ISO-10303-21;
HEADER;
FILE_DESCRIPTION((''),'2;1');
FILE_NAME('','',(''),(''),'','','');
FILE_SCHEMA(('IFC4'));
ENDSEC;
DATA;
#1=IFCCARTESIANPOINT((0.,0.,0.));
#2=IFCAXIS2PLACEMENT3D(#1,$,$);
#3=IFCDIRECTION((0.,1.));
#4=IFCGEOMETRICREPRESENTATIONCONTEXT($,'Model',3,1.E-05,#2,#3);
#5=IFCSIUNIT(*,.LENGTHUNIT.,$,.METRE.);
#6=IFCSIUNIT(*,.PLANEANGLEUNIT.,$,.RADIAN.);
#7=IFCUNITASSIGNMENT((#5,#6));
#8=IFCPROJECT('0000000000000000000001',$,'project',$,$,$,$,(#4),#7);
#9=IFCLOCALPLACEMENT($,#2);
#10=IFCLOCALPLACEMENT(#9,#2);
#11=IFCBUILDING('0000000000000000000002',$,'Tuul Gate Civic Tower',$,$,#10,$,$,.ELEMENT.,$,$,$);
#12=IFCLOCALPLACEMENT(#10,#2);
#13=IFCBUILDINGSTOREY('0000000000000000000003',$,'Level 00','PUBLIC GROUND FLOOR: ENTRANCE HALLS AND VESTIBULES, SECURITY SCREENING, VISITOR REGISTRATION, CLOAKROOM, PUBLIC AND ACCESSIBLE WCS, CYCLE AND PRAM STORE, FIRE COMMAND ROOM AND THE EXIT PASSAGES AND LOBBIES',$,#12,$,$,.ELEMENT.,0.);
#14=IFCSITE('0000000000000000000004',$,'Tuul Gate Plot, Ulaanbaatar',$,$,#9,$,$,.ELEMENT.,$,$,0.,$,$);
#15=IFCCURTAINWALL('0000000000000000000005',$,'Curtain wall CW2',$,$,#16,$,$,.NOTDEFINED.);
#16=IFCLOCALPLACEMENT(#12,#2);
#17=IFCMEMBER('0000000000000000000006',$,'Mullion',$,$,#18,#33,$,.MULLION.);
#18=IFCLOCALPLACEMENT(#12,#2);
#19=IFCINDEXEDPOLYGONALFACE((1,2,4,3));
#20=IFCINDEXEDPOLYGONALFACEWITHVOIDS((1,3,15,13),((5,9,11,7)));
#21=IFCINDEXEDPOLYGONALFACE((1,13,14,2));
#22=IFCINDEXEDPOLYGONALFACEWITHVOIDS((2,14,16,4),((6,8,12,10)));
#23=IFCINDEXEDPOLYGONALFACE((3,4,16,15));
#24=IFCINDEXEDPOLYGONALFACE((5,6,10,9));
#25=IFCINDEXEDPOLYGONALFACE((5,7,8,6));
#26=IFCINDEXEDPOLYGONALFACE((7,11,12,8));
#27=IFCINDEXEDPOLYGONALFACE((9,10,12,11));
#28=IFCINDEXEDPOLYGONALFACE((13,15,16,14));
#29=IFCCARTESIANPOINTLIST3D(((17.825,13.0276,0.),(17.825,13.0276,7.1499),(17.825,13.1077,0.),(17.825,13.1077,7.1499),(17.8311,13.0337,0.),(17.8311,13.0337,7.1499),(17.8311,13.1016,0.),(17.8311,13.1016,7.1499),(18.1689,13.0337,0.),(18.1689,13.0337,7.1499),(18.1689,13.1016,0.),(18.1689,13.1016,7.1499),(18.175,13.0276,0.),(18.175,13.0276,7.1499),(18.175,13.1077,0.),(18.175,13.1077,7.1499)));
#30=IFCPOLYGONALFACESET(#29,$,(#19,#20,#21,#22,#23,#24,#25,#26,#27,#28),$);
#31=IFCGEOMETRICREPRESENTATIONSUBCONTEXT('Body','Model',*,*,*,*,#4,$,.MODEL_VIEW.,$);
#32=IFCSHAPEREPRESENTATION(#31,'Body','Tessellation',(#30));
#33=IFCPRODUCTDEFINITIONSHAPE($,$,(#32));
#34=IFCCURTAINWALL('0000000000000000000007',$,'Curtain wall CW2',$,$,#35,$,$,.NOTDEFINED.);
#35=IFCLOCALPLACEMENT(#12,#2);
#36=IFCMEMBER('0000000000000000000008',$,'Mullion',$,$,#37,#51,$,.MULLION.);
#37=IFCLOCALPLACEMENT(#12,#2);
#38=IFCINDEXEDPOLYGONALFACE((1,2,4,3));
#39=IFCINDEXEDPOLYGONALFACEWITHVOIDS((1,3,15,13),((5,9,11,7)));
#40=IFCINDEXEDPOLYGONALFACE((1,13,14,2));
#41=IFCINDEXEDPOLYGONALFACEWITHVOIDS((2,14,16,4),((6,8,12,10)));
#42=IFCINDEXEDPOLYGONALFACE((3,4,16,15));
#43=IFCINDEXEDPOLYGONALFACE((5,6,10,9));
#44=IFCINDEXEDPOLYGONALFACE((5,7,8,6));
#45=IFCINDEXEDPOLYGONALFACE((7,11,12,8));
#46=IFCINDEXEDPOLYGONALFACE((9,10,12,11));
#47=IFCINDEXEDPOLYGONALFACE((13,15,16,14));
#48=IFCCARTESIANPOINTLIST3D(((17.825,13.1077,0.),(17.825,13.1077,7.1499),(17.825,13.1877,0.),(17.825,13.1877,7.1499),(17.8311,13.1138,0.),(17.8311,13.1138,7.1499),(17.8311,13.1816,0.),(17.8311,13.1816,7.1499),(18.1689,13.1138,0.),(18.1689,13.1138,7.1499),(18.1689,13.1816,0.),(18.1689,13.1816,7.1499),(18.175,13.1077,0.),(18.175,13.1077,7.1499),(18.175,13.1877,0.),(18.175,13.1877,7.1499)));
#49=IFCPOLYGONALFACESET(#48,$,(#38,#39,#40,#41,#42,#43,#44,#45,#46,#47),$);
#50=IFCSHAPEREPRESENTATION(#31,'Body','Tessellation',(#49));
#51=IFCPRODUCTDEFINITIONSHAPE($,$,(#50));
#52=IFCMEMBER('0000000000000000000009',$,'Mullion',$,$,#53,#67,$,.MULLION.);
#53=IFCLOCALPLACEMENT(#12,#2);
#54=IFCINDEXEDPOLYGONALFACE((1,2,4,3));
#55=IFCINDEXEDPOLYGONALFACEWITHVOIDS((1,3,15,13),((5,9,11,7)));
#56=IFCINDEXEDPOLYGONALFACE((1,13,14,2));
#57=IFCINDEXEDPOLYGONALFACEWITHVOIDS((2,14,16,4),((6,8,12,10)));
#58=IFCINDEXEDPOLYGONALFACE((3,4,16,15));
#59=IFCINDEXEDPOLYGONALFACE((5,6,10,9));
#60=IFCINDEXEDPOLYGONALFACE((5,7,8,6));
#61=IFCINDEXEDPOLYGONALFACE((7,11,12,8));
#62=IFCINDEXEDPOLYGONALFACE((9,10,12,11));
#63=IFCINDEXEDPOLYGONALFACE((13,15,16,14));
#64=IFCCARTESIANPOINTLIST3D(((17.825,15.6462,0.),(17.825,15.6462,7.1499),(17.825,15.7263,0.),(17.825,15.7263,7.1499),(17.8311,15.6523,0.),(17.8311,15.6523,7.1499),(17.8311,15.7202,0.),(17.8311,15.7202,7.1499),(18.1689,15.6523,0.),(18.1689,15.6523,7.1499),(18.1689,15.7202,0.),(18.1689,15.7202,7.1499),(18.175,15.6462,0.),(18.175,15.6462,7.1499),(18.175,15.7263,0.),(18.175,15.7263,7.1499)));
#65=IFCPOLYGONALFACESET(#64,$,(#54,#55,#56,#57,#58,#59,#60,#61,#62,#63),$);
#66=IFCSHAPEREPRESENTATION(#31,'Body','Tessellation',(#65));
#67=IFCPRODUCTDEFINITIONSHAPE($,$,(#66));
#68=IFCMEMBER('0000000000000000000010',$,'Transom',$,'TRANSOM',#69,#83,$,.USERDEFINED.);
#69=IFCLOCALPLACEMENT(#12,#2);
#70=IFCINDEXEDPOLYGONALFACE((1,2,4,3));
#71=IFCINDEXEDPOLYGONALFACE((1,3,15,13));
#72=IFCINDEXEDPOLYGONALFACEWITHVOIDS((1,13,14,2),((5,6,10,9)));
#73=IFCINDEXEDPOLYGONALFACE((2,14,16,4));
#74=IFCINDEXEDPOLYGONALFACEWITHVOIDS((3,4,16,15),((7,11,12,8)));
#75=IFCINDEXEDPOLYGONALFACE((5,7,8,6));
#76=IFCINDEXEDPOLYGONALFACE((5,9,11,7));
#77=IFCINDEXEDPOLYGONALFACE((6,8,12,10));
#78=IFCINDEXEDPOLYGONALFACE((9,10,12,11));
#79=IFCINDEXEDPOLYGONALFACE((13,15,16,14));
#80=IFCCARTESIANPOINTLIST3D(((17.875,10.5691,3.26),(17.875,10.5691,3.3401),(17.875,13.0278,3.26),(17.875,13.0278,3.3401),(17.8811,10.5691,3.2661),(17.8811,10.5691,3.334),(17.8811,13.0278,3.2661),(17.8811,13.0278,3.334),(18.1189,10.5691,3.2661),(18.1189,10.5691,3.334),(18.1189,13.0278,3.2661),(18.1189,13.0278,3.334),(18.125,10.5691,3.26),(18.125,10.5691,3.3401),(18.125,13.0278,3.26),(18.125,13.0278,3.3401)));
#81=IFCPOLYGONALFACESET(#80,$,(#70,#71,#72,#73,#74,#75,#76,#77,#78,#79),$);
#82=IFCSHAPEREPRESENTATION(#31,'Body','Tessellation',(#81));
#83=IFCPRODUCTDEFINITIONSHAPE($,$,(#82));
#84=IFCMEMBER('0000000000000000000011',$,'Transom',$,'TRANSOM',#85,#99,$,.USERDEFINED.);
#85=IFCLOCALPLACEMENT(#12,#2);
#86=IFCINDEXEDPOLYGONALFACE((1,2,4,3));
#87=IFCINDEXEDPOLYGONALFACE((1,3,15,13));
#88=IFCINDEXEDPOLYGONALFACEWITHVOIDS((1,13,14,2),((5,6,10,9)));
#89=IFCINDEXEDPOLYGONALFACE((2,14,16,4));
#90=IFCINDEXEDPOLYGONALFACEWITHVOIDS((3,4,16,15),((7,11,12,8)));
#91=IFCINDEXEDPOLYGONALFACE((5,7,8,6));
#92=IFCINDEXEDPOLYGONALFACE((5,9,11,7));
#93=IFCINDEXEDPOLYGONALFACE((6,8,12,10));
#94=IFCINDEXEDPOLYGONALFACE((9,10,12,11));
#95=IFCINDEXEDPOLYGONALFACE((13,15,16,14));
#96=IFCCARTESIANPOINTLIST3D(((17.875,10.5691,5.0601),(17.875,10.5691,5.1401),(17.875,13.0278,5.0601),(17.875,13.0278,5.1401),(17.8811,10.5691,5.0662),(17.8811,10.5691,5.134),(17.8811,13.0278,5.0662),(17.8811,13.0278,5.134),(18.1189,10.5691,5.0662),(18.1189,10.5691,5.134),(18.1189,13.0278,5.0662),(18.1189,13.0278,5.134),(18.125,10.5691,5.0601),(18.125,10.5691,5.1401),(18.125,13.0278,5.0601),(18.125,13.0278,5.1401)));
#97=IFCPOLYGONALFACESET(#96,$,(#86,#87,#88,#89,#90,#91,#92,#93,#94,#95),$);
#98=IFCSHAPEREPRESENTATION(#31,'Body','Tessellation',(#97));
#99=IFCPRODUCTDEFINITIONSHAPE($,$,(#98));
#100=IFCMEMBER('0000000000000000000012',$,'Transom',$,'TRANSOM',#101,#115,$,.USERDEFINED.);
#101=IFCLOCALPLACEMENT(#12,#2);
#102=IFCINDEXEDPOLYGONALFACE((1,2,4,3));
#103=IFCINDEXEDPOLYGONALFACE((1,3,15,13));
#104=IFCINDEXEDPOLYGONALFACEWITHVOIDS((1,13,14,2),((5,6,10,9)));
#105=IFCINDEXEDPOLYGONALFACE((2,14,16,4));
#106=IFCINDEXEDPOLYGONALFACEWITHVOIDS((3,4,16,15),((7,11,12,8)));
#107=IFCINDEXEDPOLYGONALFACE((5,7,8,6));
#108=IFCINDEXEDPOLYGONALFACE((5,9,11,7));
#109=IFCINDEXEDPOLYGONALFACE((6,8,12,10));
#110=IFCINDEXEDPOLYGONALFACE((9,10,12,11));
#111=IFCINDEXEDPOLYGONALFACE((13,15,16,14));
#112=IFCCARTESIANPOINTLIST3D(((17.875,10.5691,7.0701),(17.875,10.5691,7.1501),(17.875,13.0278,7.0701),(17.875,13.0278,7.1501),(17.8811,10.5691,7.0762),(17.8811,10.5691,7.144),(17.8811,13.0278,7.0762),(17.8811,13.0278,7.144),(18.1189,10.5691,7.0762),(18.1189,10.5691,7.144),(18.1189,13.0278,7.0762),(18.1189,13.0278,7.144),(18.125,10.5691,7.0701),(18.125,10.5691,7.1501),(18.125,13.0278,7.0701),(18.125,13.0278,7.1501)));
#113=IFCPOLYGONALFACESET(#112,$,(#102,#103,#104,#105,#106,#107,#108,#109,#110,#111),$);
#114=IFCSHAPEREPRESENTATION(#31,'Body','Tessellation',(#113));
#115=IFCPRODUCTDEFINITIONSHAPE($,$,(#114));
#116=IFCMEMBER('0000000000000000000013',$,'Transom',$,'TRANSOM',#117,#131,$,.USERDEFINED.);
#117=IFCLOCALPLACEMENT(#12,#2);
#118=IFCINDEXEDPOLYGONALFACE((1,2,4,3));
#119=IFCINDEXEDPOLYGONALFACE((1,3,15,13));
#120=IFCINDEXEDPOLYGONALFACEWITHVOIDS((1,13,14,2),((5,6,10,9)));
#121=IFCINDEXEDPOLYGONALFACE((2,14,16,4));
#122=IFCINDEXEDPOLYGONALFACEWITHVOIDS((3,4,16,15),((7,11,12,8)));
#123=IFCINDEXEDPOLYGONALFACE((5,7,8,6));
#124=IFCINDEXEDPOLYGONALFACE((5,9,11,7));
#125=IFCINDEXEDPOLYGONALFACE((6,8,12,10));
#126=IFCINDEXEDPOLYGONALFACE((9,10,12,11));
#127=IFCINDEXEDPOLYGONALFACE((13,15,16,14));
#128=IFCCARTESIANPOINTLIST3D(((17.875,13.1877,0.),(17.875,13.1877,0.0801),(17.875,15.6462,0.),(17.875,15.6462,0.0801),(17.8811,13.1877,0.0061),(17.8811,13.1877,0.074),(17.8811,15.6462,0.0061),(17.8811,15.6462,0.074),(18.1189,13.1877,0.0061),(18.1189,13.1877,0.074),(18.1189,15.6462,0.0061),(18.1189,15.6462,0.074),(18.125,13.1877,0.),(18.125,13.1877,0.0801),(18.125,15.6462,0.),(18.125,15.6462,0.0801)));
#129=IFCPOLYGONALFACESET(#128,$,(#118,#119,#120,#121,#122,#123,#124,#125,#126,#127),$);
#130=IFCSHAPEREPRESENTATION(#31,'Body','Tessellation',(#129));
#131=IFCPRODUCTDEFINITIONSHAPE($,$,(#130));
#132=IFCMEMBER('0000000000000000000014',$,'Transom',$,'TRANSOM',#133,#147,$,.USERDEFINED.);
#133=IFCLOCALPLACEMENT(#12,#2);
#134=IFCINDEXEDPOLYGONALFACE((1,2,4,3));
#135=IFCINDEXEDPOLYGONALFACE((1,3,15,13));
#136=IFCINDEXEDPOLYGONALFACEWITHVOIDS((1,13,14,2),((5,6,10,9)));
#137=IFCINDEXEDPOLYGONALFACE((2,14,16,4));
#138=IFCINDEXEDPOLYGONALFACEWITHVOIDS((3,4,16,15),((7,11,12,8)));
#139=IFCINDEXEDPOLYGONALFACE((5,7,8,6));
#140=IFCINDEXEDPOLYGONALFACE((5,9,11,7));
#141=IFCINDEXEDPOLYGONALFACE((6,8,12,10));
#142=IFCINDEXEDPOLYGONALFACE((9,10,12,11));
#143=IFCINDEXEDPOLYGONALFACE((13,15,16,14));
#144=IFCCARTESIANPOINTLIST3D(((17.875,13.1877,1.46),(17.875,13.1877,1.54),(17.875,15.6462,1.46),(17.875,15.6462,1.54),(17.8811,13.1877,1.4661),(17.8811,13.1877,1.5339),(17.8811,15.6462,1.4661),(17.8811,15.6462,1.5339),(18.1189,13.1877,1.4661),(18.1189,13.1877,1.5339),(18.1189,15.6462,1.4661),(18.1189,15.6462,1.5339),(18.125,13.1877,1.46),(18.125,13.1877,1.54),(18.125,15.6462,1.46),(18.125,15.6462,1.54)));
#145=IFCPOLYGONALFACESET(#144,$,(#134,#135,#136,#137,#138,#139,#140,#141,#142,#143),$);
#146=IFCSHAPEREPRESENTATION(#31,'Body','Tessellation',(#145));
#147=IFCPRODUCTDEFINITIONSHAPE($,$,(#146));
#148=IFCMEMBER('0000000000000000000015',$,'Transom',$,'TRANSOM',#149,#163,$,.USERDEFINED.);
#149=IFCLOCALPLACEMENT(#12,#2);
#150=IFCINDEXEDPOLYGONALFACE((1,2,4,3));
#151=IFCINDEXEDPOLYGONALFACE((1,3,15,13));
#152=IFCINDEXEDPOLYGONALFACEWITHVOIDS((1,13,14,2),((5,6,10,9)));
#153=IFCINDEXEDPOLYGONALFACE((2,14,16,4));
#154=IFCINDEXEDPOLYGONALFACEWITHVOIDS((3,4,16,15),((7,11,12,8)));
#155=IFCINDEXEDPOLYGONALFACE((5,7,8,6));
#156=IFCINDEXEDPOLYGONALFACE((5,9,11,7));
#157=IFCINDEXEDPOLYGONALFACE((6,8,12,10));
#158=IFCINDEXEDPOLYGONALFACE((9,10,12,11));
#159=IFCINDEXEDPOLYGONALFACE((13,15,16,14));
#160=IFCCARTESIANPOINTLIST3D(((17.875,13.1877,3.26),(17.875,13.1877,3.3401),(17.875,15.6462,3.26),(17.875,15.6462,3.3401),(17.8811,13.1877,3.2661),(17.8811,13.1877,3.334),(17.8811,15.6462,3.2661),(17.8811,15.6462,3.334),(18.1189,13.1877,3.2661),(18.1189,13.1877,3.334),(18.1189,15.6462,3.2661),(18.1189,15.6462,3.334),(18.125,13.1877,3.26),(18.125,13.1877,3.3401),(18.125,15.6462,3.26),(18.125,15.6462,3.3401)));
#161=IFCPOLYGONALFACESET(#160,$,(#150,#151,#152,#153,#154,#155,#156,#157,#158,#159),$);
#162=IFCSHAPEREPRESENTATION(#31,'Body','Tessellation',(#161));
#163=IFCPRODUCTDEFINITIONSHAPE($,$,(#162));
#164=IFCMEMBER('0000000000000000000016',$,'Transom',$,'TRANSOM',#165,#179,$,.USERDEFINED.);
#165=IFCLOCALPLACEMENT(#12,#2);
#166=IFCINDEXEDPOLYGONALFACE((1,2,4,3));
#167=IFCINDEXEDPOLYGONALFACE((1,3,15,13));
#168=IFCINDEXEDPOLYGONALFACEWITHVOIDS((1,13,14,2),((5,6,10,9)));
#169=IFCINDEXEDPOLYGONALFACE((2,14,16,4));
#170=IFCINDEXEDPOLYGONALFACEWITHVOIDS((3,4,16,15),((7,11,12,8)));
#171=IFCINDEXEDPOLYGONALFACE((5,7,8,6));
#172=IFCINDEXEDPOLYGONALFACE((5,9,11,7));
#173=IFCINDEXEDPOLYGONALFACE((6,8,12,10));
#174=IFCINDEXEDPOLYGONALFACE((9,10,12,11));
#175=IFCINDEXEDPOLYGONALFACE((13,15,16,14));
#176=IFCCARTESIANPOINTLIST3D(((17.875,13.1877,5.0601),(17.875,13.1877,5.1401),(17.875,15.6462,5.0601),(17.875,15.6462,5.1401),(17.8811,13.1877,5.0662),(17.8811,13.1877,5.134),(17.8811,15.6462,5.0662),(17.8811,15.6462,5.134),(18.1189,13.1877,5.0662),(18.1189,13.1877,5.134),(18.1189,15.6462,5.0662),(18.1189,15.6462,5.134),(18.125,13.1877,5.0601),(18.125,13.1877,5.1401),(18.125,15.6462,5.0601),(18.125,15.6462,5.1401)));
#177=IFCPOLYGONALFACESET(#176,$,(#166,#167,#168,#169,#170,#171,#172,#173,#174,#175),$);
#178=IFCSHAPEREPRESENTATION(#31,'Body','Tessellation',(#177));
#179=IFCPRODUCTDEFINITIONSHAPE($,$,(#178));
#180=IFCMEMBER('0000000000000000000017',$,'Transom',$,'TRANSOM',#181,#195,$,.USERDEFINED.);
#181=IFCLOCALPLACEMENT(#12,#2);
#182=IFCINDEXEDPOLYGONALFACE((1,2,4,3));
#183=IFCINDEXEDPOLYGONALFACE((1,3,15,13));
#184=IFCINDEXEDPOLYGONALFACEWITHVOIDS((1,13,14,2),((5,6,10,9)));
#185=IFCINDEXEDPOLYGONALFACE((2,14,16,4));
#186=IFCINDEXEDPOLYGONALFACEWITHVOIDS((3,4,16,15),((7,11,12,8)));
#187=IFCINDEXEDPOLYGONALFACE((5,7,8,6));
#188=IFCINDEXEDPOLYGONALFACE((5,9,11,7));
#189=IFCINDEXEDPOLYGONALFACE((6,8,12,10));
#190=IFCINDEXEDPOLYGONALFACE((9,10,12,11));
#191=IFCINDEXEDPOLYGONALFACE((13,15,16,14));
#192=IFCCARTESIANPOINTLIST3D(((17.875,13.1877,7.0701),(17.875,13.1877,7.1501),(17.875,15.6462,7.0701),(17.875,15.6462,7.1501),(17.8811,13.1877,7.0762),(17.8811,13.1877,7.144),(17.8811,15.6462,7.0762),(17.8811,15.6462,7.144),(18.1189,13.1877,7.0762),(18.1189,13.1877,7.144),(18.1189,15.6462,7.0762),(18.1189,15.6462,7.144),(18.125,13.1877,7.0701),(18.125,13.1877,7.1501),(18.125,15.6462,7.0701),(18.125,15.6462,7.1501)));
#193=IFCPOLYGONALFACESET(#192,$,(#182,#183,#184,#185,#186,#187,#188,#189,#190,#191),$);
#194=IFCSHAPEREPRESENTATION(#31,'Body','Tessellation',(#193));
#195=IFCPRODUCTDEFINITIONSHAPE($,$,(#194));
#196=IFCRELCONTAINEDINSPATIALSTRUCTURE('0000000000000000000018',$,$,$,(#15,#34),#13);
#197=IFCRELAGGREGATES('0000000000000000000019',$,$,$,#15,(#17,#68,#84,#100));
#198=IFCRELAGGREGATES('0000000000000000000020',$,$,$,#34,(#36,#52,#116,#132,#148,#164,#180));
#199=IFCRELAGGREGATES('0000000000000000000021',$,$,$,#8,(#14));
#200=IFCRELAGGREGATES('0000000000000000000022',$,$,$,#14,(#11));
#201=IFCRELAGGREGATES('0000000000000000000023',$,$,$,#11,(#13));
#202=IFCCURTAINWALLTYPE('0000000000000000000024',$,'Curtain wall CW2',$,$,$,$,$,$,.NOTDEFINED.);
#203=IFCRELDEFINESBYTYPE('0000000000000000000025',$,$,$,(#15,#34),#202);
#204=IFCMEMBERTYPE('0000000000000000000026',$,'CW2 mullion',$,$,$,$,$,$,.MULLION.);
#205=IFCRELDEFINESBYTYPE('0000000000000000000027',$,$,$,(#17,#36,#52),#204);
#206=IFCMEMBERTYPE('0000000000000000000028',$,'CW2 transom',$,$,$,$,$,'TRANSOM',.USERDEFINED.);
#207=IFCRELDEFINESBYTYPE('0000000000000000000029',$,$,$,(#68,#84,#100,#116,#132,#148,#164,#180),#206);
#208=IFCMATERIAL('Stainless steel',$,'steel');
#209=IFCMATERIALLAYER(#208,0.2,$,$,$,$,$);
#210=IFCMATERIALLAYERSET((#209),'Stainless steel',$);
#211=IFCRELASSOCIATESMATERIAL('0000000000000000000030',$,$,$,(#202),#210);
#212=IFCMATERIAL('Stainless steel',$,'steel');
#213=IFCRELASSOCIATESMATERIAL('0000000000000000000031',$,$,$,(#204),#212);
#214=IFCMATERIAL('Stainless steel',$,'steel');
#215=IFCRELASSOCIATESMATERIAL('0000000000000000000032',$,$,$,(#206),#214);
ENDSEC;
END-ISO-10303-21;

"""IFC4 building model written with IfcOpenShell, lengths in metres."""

from ifc_helpers import new_model, si_unit, direction, frame, origin, origin_2d, place, context, subcontext, project, spatial, hollow_rectangle, extrude, material, layer, layer_set, material_profile, profile_set, type_object, element, aggregate, save


model = new_model("IFC4")

# Units and contexts
model_context = context("Model", 3, precision=1e-05, world=origin(), true_north=direction((0.0, 1.0)))
body_context = subcontext(model_context, "Body", "Model", "MODEL_VIEW")
ifc_project = project(units=[si_unit("LENGTHUNIT", "METRE"), si_unit("PLANEANGLEUNIT", "RADIAN")], contexts=[model_context])

# Site, building, storey
site_placement = place(None, origin())
site = spatial("IfcSite", under=ifc_project, at=site_placement, Name="Tuul Gate Plot, Ulaanbaatar", CompositionType="ELEMENT", RefElevation=0.0)
building_placement = place(site_placement, origin())
building = spatial("IfcBuilding", under=site, at=building_placement, Name="Tuul Gate Civic Tower", CompositionType="ELEMENT")
storey_placement = place(building_placement, origin())
storey = spatial("IfcBuildingStorey", under=building, at=storey_placement, Name="Level 00", Description="PUBLIC GROUND FLOOR: ENTRANCE HALLS AND VESTIBULES, SECURITY SCREENING, VISITOR REGISTRATION, CLOAKROOM, PUBLIC AND ACCESSIBLE WCS, CYCLE AND PRAM STORE, FIRE COMMAND ROOM AND THE EXIT PASSAGES AND LOBBIES", CompositionType="ELEMENT", Elevation=0.0)

# Curtain wall, member
ifc_material_1 = material(Name="Stainless steel", Category="steel")
ifc_layer_1 = layer(ifc_material_1, 0.2)
ifc_layer_set_1 = layer_set([ifc_layer_1], Name="Stainless steel")
curtain_wall_type = type_object("IfcCurtainWallType", Name="Curtain wall CW2", PredefinedType="NOTDEFINED", material=ifc_layer_set_1)
curtain_wall_1_placement = place(storey_placement, origin())
curtain_wall_1 = element("IfcCurtainWall", 1, at=curtain_wall_1_placement, inside=storey, type_object=curtain_wall_type, Name="Curtain wall CW2", PredefinedType="NOTDEFINED")
ifc_material_2 = material(Name="Stainless steel", Category="steel")
ifc_material_profile_1 = material_profile(ifc_material_2, hollow_rectangle(XDim=0.3501, YDim=0.0801, WallThickness=0.0061, at=origin_2d()), Name="CW2 mullion")
ifc_profile_set_1 = profile_set([ifc_material_profile_1], Name="Stainless steel")
member_type_1 = type_object("IfcMemberType", Name="CW2 mullion", PredefinedType="MULLION", material=ifc_profile_set_1)
member_1_placement = place(storey_placement, frame((18.0, 13.0676, 0.0), z_axis=(0.0, 0.0, 1.0), x_axis=(-1.0, 0.0, 0.0)))
member_1 = element("IfcMember", 2, at=member_1_placement, type_object=member_type_1, Name="Mullion", PredefinedType="MULLION", context=body_context, shape_type="SweptSolid", body=[
    extrude(hollow_rectangle(XDim=0.3501, YDim=0.0801, WallThickness=0.0061, at=origin_2d()), origin(), (0.0, 0.0, 1.0), 7.1499),
])

# Curtain wall, members
curtain_wall_2_placement = place(storey_placement, origin())
curtain_wall_2 = element("IfcCurtainWall", 3, at=curtain_wall_2_placement, inside=storey, type_object=curtain_wall_type, Name="Curtain wall CW2", PredefinedType="NOTDEFINED")
member_2_placement = place(storey_placement, frame((18.0, 13.1477, 0.0), z_axis=(0.0, 0.0, 1.0), x_axis=(-1.0, 0.0, 0.0)))
member_2 = element("IfcMember", 4, at=member_2_placement, type_object=member_type_1, Name="Mullion", PredefinedType="MULLION", context=body_context, shape_type="SweptSolid", body=[
    extrude(hollow_rectangle(XDim=0.3501, YDim=0.0801, WallThickness=0.0061, at=origin_2d()), origin(), (0.0, 0.0, 1.0), 7.1499),
])
member_3_placement = place(storey_placement, frame((18.0, 15.6863, 0.0), z_axis=(0.0, 0.0, 1.0), x_axis=(-1.0, 0.0, 0.0)))
member_3 = element("IfcMember", 5, at=member_3_placement, type_object=member_type_1, Name="Mullion", PredefinedType="MULLION", context=body_context, shape_type="SweptSolid", body=[
    extrude(hollow_rectangle(XDim=0.3501, YDim=0.0801, WallThickness=0.0061, at=origin_2d()), origin(), (0.0, 0.0, 1.0), 7.1499),
])

# Members
ifc_material_3 = material(Name="Stainless steel", Category="steel")
ifc_material_profile_2 = material_profile(ifc_material_3, hollow_rectangle(XDim=0.25, YDim=0.0801, WallThickness=0.0061, at=origin_2d()), Name="CW2 transom")
ifc_profile_set_2 = profile_set([ifc_material_profile_2], Name="Stainless steel")
member_type_2 = type_object("IfcMemberType", Name="CW2 transom", ElementType="TRANSOM", PredefinedType="USERDEFINED", material=ifc_profile_set_2)
member_4_placement = place(storey_placement, frame((18.0, 10.5691, 3.3), z_axis=(0.0, 1.0, 0.0), x_axis=(-1.0, 0.0, 0.0)))
member_4 = element("IfcMember", 6, at=member_4_placement, type_object=member_type_2, Name="Transom", ObjectType="TRANSOM", PredefinedType="USERDEFINED", context=body_context, shape_type="SweptSolid", body=[
    extrude(hollow_rectangle(XDim=0.25, YDim=0.0801, WallThickness=0.0061, at=origin_2d()), origin(), (0.0, 0.0, 1.0), 2.4587),
])
member_5_placement = place(storey_placement, frame((18.0, 10.5691, 5.1001), z_axis=(0.0, 1.0, 0.0), x_axis=(-1.0, 0.0, 0.0)))
member_5 = element("IfcMember", 7, at=member_5_placement, type_object=member_type_2, Name="Transom", ObjectType="TRANSOM", PredefinedType="USERDEFINED", context=body_context, shape_type="SweptSolid", body=[
    extrude(hollow_rectangle(XDim=0.25, YDim=0.0801, WallThickness=0.0061, at=origin_2d()), origin(), (0.0, 0.0, 1.0), 2.4587),
])
member_6_placement = place(storey_placement, frame((18.0, 10.5691, 7.1101), z_axis=(0.0, 1.0, 0.0), x_axis=(-1.0, 0.0, 0.0)))
member_6 = element("IfcMember", 8, at=member_6_placement, type_object=member_type_2, Name="Transom", ObjectType="TRANSOM", PredefinedType="USERDEFINED", context=body_context, shape_type="SweptSolid", body=[
    extrude(hollow_rectangle(XDim=0.25, YDim=0.0801, WallThickness=0.0061, at=origin_2d()), origin(), (0.0, 0.0, 1.0), 2.4587),
])
member_7_placement = place(storey_placement, frame((18.0, 13.1877, 0.04), z_axis=(0.0, 1.0, 0.0), x_axis=(-1.0, 0.0, 0.0)))
member_7 = element("IfcMember", 9, at=member_7_placement, type_object=member_type_2, Name="Transom", ObjectType="TRANSOM", PredefinedType="USERDEFINED", context=body_context, shape_type="SweptSolid", body=[
    extrude(hollow_rectangle(XDim=0.25, YDim=0.0801, WallThickness=0.0061, at=origin_2d()), origin(), (0.0, 0.0, 1.0), 2.4585),
])
member_8_placement = place(storey_placement, frame((18.0, 13.1877, 1.5), z_axis=(0.0, 1.0, 0.0), x_axis=(-1.0, 0.0, 0.0)))
member_8 = element("IfcMember", 10, at=member_8_placement, type_object=member_type_2, Name="Transom", ObjectType="TRANSOM", PredefinedType="USERDEFINED", context=body_context, shape_type="SweptSolid", body=[
    extrude(hollow_rectangle(XDim=0.25, YDim=0.0801, WallThickness=0.0061, at=origin_2d()), origin(), (0.0, 0.0, 1.0), 2.4585),
])
member_9_placement = place(storey_placement, frame((18.0, 13.1877, 3.3), z_axis=(0.0, 1.0, 0.0), x_axis=(-1.0, 0.0, 0.0)))
member_9 = element("IfcMember", 11, at=member_9_placement, type_object=member_type_2, Name="Transom", ObjectType="TRANSOM", PredefinedType="USERDEFINED", context=body_context, shape_type="SweptSolid", body=[
    extrude(hollow_rectangle(XDim=0.25, YDim=0.0801, WallThickness=0.0061, at=origin_2d()), origin(), (0.0, 0.0, 1.0), 2.4585),
])
member_10_placement = place(storey_placement, frame((18.0, 13.1877, 5.1001), z_axis=(0.0, 1.0, 0.0), x_axis=(-1.0, 0.0, 0.0)))
member_10 = element("IfcMember", 12, at=member_10_placement, type_object=member_type_2, Name="Transom", ObjectType="TRANSOM", PredefinedType="USERDEFINED", context=body_context, shape_type="SweptSolid", body=[
    extrude(hollow_rectangle(XDim=0.25, YDim=0.0801, WallThickness=0.0061, at=origin_2d()), origin(), (0.0, 0.0, 1.0), 2.4585),
])
member_11_placement = place(storey_placement, frame((18.0, 13.1877, 7.1101), z_axis=(0.0, 1.0, 0.0), x_axis=(-1.0, 0.0, 0.0)))
member_11 = element("IfcMember", 13, at=member_11_placement, type_object=member_type_2, Name="Transom", ObjectType="TRANSOM", PredefinedType="USERDEFINED", context=body_context, shape_type="SweptSolid", body=[
    extrude(hollow_rectangle(XDim=0.25, YDim=0.0801, WallThickness=0.0061, at=origin_2d()), origin(), (0.0, 0.0, 1.0), 2.4585),
])

aggregate(curtain_wall_1, [member_1, member_4, member_5, member_6])
aggregate(curtain_wall_2, [member_2, member_3, member_7, member_8, member_9, member_10, member_11])

save(model, "model.ifc")
